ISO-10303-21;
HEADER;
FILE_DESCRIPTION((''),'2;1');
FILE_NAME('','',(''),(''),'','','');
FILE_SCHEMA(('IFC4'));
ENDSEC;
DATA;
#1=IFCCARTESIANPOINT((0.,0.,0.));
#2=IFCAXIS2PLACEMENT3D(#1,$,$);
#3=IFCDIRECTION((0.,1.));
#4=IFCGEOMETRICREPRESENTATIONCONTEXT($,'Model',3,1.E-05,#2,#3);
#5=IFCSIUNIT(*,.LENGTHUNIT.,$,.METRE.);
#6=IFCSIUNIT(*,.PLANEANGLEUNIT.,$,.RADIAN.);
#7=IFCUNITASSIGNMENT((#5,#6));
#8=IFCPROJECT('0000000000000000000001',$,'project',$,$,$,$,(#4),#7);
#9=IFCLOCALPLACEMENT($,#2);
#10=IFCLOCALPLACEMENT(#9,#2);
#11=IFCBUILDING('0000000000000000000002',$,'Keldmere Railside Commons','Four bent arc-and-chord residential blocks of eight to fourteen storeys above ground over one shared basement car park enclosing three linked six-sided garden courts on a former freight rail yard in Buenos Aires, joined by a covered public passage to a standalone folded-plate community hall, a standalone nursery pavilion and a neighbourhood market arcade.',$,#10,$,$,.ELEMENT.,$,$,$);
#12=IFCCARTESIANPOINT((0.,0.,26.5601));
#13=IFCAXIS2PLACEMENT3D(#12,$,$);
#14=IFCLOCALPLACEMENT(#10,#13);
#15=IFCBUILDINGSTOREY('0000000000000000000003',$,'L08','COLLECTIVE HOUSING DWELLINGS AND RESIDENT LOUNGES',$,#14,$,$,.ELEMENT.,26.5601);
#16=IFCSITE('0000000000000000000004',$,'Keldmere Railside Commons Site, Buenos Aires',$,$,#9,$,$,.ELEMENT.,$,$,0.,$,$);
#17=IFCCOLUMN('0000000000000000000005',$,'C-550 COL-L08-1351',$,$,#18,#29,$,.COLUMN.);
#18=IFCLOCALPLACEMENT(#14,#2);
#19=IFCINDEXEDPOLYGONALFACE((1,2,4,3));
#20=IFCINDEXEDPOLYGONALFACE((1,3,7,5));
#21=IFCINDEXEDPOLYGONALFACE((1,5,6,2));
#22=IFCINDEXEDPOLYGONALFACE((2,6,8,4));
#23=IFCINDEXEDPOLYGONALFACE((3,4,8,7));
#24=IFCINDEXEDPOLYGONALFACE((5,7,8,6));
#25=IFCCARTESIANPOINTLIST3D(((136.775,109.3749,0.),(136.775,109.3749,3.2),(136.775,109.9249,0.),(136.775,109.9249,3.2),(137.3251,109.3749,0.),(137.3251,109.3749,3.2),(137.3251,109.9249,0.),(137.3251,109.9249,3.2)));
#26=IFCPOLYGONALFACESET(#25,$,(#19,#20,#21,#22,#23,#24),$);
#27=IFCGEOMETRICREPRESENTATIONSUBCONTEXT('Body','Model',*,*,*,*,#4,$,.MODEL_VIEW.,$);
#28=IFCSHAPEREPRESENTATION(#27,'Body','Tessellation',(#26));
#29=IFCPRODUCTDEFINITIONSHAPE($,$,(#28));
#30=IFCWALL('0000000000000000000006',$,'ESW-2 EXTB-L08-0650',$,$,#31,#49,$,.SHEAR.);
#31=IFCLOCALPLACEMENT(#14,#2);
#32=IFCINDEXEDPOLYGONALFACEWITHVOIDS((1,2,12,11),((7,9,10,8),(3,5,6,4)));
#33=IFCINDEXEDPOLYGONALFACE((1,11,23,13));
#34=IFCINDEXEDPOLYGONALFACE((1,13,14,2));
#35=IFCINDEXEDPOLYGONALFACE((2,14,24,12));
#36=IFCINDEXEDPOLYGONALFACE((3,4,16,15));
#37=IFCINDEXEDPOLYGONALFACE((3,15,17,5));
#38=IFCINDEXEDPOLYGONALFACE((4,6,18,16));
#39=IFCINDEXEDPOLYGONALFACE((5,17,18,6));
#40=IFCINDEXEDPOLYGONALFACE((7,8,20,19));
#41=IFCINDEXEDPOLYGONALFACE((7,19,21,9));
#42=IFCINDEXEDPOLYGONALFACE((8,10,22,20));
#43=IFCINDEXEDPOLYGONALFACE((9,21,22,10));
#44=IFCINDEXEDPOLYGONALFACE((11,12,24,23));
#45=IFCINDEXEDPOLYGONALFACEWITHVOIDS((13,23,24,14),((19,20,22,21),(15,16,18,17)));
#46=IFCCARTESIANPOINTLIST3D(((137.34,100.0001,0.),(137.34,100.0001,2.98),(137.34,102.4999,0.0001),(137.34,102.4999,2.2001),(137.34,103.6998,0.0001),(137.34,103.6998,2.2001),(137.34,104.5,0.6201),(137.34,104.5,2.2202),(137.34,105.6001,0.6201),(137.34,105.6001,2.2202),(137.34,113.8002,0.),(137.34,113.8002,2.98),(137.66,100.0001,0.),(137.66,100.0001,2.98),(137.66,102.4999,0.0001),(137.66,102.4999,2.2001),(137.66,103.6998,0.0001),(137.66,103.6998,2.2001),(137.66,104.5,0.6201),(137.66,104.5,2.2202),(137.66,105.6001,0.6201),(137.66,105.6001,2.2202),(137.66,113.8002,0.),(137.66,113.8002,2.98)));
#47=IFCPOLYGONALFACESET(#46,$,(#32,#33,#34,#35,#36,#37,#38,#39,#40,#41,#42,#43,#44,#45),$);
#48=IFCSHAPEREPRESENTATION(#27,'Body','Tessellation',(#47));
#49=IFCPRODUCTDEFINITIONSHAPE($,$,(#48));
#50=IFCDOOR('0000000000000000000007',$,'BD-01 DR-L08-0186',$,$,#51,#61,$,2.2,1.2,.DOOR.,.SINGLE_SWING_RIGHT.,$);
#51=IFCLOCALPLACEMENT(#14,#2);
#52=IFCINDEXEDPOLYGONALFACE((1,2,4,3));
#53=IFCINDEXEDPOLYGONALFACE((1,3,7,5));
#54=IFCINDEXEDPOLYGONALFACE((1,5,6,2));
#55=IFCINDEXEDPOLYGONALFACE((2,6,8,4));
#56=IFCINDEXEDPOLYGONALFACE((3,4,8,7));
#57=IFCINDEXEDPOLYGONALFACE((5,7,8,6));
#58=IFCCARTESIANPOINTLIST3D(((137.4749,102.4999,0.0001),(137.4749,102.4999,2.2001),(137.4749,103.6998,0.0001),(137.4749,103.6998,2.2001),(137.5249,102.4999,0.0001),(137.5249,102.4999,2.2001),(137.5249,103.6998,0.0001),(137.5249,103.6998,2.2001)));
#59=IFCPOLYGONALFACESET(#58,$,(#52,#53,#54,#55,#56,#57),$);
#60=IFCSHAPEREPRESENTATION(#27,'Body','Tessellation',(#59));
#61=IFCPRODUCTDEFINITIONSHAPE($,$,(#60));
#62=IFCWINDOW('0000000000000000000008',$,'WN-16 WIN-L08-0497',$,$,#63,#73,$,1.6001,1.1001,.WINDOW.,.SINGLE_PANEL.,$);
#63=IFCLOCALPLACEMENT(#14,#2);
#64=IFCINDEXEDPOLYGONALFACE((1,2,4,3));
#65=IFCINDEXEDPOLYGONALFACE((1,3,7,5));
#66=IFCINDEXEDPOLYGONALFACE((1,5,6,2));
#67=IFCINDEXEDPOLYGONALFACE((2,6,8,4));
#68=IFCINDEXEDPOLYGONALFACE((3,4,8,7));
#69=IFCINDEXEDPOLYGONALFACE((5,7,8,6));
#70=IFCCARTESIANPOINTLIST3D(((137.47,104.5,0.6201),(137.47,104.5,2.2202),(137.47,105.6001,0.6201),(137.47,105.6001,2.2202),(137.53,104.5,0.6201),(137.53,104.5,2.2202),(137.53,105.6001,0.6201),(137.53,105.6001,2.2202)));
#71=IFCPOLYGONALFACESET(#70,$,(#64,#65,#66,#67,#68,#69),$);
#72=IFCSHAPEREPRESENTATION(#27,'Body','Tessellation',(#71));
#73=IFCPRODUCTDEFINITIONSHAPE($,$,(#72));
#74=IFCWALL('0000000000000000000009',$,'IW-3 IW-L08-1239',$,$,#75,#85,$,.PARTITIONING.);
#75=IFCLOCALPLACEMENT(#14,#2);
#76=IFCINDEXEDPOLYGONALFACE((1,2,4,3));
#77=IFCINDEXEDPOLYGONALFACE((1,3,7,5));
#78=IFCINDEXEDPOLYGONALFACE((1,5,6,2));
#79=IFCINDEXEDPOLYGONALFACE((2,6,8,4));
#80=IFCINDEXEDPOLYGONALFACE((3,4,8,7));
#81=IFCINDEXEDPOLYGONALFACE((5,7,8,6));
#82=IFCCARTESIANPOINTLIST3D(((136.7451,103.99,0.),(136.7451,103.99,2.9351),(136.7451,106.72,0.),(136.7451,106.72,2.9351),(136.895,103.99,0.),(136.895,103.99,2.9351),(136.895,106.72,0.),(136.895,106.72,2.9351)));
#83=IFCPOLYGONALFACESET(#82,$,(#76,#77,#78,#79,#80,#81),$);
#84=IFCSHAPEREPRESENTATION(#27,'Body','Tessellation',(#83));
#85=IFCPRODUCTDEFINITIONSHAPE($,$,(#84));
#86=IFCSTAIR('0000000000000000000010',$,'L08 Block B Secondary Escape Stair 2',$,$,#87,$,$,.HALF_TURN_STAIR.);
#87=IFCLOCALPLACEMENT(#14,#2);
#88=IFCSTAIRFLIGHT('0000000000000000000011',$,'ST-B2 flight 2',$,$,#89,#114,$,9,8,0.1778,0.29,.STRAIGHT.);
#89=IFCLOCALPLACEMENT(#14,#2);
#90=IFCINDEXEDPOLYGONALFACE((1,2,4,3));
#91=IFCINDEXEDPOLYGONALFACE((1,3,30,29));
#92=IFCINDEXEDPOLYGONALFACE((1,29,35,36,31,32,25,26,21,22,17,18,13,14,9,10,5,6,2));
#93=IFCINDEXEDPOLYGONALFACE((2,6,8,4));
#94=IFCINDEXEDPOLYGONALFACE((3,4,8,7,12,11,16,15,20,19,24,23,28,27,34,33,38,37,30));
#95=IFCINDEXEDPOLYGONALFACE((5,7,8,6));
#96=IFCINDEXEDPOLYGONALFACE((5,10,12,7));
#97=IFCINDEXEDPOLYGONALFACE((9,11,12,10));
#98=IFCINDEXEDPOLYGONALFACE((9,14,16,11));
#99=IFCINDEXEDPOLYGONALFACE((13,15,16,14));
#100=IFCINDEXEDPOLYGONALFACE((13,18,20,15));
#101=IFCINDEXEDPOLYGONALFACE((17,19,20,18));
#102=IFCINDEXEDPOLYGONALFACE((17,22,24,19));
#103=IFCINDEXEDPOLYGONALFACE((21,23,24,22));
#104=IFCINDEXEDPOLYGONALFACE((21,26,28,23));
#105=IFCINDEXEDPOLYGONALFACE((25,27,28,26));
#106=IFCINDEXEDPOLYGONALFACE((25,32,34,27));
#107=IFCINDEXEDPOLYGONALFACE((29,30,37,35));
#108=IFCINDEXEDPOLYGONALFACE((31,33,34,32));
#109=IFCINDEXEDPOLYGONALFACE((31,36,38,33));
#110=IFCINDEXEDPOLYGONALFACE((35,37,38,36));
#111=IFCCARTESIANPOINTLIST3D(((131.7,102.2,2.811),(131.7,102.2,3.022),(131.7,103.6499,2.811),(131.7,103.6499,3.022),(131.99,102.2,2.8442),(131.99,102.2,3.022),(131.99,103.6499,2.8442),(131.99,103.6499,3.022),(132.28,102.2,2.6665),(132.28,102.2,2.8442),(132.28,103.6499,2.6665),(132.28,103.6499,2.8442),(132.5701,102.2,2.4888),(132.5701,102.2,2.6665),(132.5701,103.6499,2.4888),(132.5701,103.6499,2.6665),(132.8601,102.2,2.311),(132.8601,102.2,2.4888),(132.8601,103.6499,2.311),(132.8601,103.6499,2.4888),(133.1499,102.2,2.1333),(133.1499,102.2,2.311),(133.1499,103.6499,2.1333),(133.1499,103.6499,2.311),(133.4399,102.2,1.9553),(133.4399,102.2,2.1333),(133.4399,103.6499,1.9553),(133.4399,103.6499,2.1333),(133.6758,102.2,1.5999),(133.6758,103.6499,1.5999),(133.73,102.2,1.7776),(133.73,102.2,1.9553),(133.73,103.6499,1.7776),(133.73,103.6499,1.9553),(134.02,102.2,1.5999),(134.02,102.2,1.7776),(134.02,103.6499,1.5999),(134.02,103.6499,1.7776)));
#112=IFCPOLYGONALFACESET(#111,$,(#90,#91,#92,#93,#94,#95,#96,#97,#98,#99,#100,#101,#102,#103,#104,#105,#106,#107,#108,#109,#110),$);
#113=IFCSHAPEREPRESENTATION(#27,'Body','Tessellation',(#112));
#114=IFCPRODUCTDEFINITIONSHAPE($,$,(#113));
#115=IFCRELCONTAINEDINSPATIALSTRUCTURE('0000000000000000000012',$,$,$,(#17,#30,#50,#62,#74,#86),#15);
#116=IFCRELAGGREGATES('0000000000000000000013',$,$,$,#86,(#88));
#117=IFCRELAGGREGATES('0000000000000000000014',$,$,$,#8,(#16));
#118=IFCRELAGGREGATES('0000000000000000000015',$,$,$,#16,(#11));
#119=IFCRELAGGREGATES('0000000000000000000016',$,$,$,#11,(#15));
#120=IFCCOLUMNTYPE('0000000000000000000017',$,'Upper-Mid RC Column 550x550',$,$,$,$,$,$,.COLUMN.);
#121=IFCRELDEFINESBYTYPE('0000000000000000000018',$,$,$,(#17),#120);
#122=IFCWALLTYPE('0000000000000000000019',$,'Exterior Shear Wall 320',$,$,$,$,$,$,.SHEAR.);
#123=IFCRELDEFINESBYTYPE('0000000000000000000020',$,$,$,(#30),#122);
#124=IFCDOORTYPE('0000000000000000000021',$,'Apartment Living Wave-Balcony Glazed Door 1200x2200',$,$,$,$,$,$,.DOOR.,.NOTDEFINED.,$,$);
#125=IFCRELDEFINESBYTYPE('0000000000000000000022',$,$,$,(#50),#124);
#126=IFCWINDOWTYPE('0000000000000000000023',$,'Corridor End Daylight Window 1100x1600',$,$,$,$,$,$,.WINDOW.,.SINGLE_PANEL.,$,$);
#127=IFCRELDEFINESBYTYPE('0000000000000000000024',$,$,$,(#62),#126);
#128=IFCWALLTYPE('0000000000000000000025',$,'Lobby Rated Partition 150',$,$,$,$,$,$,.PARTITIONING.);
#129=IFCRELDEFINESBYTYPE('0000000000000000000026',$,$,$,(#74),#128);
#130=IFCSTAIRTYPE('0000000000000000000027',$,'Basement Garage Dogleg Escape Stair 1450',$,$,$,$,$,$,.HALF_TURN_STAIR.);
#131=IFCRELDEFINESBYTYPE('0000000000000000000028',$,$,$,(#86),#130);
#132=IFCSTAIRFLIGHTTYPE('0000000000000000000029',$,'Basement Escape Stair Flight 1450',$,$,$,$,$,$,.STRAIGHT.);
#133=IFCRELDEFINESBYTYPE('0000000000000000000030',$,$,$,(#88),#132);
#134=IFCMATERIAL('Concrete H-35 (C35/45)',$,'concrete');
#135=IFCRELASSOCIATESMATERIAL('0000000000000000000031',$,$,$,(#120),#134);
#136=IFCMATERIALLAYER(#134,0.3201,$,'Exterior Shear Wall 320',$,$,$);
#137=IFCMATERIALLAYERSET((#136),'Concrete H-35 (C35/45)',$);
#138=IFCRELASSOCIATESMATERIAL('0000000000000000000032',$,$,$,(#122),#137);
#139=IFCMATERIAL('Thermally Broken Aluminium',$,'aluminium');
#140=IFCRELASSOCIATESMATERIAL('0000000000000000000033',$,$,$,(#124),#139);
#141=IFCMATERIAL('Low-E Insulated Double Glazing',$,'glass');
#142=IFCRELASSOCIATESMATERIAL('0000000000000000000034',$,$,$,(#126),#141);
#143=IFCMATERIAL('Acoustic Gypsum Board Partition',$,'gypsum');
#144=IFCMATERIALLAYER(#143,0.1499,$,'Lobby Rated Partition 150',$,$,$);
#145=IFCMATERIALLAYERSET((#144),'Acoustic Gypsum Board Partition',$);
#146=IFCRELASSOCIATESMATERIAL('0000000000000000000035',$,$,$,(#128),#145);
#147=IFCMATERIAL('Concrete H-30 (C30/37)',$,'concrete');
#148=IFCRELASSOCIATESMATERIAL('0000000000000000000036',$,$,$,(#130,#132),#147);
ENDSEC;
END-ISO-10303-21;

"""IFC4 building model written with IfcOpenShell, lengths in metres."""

from ifc_helpers import new_model, si_unit, direction, frame, frame_2d, origin, origin_2d, place, context, subcontext, project, spatial, polyline, rectangle, outline, extrude, material, layer, layer_set, material_profile, profile_set, type_object, element, fill, aggregate, save


model = new_model("IFC4")

# Units and contexts
model_context = context("Model", 3, precision=1e-05, world=origin(), true_north=direction((0.0, 1.0)))
body_context = subcontext(model_context, "Body", "Model", "MODEL_VIEW")
ifc_project = project(units=[si_unit("LENGTHUNIT", "METRE"), si_unit("PLANEANGLEUNIT", "RADIAN")], contexts=[model_context])

# Site, building, storey
site_placement = place(None, origin())
site = spatial("IfcSite", under=ifc_project, at=site_placement, Name="Keldmere Railside Commons Site, Buenos Aires", CompositionType="ELEMENT", RefElevation=0.0)
building_placement = place(site_placement, origin())
building = spatial("IfcBuilding", under=site, at=building_placement, Name="Keldmere Railside Commons", Description="Four bent arc-and-chord residential blocks of eight to fourteen storeys above ground over one shared basement car park enclosing three linked six-sided garden courts on a former freight rail yard in Buenos Aires, joined by a covered public passage to a standalone folded-plate community hall, a standalone nursery pavilion and a neighbourhood market arcade.", CompositionType="ELEMENT")
storey_placement = place(building_placement, frame((0.0, 0.0, 26.5601)))
storey = spatial("IfcBuildingStorey", under=building, at=storey_placement, Name="L08", Description="COLLECTIVE HOUSING DWELLINGS AND RESIDENT LOUNGES", CompositionType="ELEMENT", Elevation=26.5601)

# Column
ifc_material_1 = material(Name="Concrete H-35 (C35/45)", Category="concrete")
ifc_material_profile = material_profile(ifc_material_1, rectangle(XDim=0.55, YDim=0.55, at=origin_2d()), Name="RC-550x550")
ifc_profile_set = profile_set([ifc_material_profile], Name="Concrete H-35 (C35/45)")
column_type = type_object("IfcColumnType", Name="Upper-Mid RC Column 550x550", PredefinedType="COLUMN", material=ifc_profile_set)
column_placement = place(storey_placement, frame((137.05, 109.6499, 0.0), z_axis=(0.0, 0.0, 1.0), x_axis=(1.0, 0.0, 0.0)))
element("IfcColumn", 1, at=column_placement, inside=storey, type_object=column_type, Name="C-550 COL-L08-1351", PredefinedType="COLUMN", context=body_context, shape_type="SweptSolid", body=[
    extrude(rectangle(XDim=0.55, YDim=0.55, at=origin_2d()), origin(), (0.0, 0.0, 1.0), 3.2),
])

# Wall, openings, door, window
ifc_layer_1 = layer(ifc_material_1, 0.3201, Name="Exterior Shear Wall 320")
ifc_layer_set_1 = layer_set([ifc_layer_1], Name="Concrete H-35 (C35/45)")
wall_type_1 = type_object("IfcWallType", Name="Exterior Shear Wall 320", PredefinedType="SHEAR", material=ifc_layer_set_1)
wall_1_placement = place(storey_placement, frame((137.5, 113.8, 0.0), z_axis=(0.0, 0.0, 1.0), x_axis=(0.0, -1.0, 0.0)))
wall_1 = element("IfcWall", 2, at=wall_1_placement, inside=storey, type_object=wall_type_1, Name="ESW-2 EXTB-L08-0650", PredefinedType="SHEAR", context=body_context, shape_type="SweptSolid", body=[
    extrude(rectangle(XDim=13.8, YDim=0.3201, at=frame_2d((6.8999, 0.0))), origin(), (0.0, 0.0, 1.0), 2.98),
])
opening_1_placement = place(wall_1_placement, frame((10.1001, 0.0, 0.0)))
opening_1 = element("IfcOpeningElement", 3, at=opening_1_placement, cuts=wall_1, PredefinedType="OPENING", context=body_context, shape_type="SweptSolid", body=[
    extrude(rectangle(XDim=1.2, YDim=2.2, at=frame_2d((0.6001, 1.1001))), frame((0.0, 0.1699, 0.0), z_axis=(0.0, -1.0, 0.0), x_axis=(1.0, 0.0, 0.0)), (0.0, 0.0, 1.0), 0.3401),
])
opening_2_placement = place(wall_1_placement, frame((8.2, 0.0, 0.6201)))
opening_2 = element("IfcOpeningElement", 4, at=opening_2_placement, cuts=wall_1, PredefinedType="OPENING", context=body_context, shape_type="SweptSolid", body=[
    extrude(rectangle(XDim=1.1001, YDim=1.6001, at=frame_2d((0.55, 0.8))), frame((0.0, 0.1699, 0.0), z_axis=(0.0, -1.0, 0.0), x_axis=(1.0, 0.0, 0.0)), (0.0, 0.0, 1.0), 0.3401),
])
ifc_material_2 = material(Name="Thermally Broken Aluminium", Category="aluminium")
door_type_1 = type_object("IfcDoorType", Name="Apartment Living Wave-Balcony Glazed Door 1200x2200", OperationType="NOTDEFINED", PredefinedType="DOOR", material=ifc_material_2)
door_1_placement = place(opening_1_placement, origin())
door_1 = element("IfcDoor", 5, at=door_1_placement, inside=storey, type_object=door_type_1, Name="BD-01 DR-L08-0186", OperationType="SINGLE_SWING_RIGHT", OverallHeight=2.2, OverallWidth=1.2, PredefinedType="DOOR", context=body_context, shape_type="SweptSolid", body=[
    extrude(rectangle(XDim=1.2, YDim=2.2, at=frame_2d((0.6001, 1.1001))), frame((0.0, 0.0249, 0.0), z_axis=(0.0, -1.0, 0.0), x_axis=(1.0, 0.0, 0.0)), (0.0, 0.0, 1.0), 0.05),
])
fill(opening_1, door_1)
ifc_material_3 = material(Name="Low-E Insulated Double Glazing", Category="glass")
window_type = type_object("IfcWindowType", Name="Corridor End Daylight Window 1100x1600", PartitioningType="SINGLE_PANEL", PredefinedType="WINDOW", material=ifc_material_3)
window_placement = place(opening_2_placement, origin())
window = element("IfcWindow", 6, at=window_placement, inside=storey, type_object=window_type, Name="WN-16 WIN-L08-0497", OverallHeight=1.6001, OverallWidth=1.1001, PartitioningType="SINGLE_PANEL", PredefinedType="WINDOW", context=body_context, shape_type="SweptSolid", body=[
    extrude(rectangle(XDim=1.1001, YDim=1.6001, at=frame_2d((0.55, 0.8))), frame((0.0, 0.03, 0.0), z_axis=(0.0, -1.0, 0.0), x_axis=(1.0, 0.0, 0.0)), (0.0, 0.0, 1.0), 0.0601),
])
fill(opening_2, window)

# Wall
ifc_material_4 = material(Name="Acoustic Gypsum Board Partition", Category="gypsum")
ifc_layer_2 = layer(ifc_material_4, 0.1499, Name="Lobby Rated Partition 150")
ifc_layer_set_2 = layer_set([ifc_layer_2], Name="Acoustic Gypsum Board Partition")
wall_type_2 = type_object("IfcWallType", Name="Lobby Rated Partition 150", PredefinedType="PARTITIONING", material=ifc_layer_set_2)
wall_2_placement = place(storey_placement, frame((136.8201, 103.99, 0.0), z_axis=(0.0, 0.0, 1.0), x_axis=(0.0, 1.0, 0.0)))
element("IfcWall", 7, at=wall_2_placement, inside=storey, type_object=wall_type_2, Name="IW-3 IW-L08-1239", PredefinedType="PARTITIONING", context=body_context, shape_type="SweptSolid", body=[
    extrude(rectangle(XDim=2.73, YDim=0.1499, at=frame_2d((1.365, 0.0))), origin(), (0.0, 0.0, 1.0), 2.9351),
])

# Stair, stair flight
ifc_material_5 = material(Name="Concrete H-30 (C30/37)", Category="concrete")
stair_type = type_object("IfcStairType", Name="Basement Garage Dogleg Escape Stair 1450", PredefinedType="HALF_TURN_STAIR", material=ifc_material_5)
stair_placement = place(storey_placement, origin())
stair = element("IfcStair", 8, at=stair_placement, inside=storey, type_object=stair_type, Name="L08 Block B Secondary Escape Stair 2", PredefinedType="HALF_TURN_STAIR")
stair_flight_type = type_object("IfcStairFlightType", Name="Basement Escape Stair Flight 1450", PredefinedType="STRAIGHT", material=ifc_material_5)
stair_flight_placement = place(storey_placement, frame((134.02, 102.925, 1.5999), z_axis=(0.0, 0.0, 1.0), x_axis=(-1.0, 0.0, 0.0)))
stair_flight = element("IfcStairFlight", 9, at=stair_flight_placement, type_object=stair_flight_type, Name="ST-B2 flight 2", NumberOfRisers=9, NumberOfTreads=8, PredefinedType="STRAIGHT", RiserHeight=0.1778, TreadLength=0.29, context=body_context, shape_type="SweptSolid", body=[
    extrude(outline(polyline([(0.0, 0.0), (0.0, 0.1777), (0.29, 0.1777), (0.29, 0.3555), (0.5801, 0.3555), (0.5801, 0.5334), (0.8701, 0.5334), (0.8701, 0.7112), (1.1599, 0.7112), (1.1599, 0.8889), (1.45, 0.8889), (1.45, 1.0667), (1.74, 1.0667), (1.74, 1.2444), (2.03, 1.2444), (2.03, 1.4221), (2.3201, 1.4221), (2.3201, 1.6001), (2.3201, 1.2112), (0.3442, 0.0), (0.0, 0.0)])), frame((0.0, 0.7251, 0.0), z_axis=(0.0, -1.0, 0.0), x_axis=(1.0, 0.0, 0.0)), (0.0, 0.0, 1.0), 1.45),
])
aggregate(stair, [stair_flight])

save(model, "model.ifc")
